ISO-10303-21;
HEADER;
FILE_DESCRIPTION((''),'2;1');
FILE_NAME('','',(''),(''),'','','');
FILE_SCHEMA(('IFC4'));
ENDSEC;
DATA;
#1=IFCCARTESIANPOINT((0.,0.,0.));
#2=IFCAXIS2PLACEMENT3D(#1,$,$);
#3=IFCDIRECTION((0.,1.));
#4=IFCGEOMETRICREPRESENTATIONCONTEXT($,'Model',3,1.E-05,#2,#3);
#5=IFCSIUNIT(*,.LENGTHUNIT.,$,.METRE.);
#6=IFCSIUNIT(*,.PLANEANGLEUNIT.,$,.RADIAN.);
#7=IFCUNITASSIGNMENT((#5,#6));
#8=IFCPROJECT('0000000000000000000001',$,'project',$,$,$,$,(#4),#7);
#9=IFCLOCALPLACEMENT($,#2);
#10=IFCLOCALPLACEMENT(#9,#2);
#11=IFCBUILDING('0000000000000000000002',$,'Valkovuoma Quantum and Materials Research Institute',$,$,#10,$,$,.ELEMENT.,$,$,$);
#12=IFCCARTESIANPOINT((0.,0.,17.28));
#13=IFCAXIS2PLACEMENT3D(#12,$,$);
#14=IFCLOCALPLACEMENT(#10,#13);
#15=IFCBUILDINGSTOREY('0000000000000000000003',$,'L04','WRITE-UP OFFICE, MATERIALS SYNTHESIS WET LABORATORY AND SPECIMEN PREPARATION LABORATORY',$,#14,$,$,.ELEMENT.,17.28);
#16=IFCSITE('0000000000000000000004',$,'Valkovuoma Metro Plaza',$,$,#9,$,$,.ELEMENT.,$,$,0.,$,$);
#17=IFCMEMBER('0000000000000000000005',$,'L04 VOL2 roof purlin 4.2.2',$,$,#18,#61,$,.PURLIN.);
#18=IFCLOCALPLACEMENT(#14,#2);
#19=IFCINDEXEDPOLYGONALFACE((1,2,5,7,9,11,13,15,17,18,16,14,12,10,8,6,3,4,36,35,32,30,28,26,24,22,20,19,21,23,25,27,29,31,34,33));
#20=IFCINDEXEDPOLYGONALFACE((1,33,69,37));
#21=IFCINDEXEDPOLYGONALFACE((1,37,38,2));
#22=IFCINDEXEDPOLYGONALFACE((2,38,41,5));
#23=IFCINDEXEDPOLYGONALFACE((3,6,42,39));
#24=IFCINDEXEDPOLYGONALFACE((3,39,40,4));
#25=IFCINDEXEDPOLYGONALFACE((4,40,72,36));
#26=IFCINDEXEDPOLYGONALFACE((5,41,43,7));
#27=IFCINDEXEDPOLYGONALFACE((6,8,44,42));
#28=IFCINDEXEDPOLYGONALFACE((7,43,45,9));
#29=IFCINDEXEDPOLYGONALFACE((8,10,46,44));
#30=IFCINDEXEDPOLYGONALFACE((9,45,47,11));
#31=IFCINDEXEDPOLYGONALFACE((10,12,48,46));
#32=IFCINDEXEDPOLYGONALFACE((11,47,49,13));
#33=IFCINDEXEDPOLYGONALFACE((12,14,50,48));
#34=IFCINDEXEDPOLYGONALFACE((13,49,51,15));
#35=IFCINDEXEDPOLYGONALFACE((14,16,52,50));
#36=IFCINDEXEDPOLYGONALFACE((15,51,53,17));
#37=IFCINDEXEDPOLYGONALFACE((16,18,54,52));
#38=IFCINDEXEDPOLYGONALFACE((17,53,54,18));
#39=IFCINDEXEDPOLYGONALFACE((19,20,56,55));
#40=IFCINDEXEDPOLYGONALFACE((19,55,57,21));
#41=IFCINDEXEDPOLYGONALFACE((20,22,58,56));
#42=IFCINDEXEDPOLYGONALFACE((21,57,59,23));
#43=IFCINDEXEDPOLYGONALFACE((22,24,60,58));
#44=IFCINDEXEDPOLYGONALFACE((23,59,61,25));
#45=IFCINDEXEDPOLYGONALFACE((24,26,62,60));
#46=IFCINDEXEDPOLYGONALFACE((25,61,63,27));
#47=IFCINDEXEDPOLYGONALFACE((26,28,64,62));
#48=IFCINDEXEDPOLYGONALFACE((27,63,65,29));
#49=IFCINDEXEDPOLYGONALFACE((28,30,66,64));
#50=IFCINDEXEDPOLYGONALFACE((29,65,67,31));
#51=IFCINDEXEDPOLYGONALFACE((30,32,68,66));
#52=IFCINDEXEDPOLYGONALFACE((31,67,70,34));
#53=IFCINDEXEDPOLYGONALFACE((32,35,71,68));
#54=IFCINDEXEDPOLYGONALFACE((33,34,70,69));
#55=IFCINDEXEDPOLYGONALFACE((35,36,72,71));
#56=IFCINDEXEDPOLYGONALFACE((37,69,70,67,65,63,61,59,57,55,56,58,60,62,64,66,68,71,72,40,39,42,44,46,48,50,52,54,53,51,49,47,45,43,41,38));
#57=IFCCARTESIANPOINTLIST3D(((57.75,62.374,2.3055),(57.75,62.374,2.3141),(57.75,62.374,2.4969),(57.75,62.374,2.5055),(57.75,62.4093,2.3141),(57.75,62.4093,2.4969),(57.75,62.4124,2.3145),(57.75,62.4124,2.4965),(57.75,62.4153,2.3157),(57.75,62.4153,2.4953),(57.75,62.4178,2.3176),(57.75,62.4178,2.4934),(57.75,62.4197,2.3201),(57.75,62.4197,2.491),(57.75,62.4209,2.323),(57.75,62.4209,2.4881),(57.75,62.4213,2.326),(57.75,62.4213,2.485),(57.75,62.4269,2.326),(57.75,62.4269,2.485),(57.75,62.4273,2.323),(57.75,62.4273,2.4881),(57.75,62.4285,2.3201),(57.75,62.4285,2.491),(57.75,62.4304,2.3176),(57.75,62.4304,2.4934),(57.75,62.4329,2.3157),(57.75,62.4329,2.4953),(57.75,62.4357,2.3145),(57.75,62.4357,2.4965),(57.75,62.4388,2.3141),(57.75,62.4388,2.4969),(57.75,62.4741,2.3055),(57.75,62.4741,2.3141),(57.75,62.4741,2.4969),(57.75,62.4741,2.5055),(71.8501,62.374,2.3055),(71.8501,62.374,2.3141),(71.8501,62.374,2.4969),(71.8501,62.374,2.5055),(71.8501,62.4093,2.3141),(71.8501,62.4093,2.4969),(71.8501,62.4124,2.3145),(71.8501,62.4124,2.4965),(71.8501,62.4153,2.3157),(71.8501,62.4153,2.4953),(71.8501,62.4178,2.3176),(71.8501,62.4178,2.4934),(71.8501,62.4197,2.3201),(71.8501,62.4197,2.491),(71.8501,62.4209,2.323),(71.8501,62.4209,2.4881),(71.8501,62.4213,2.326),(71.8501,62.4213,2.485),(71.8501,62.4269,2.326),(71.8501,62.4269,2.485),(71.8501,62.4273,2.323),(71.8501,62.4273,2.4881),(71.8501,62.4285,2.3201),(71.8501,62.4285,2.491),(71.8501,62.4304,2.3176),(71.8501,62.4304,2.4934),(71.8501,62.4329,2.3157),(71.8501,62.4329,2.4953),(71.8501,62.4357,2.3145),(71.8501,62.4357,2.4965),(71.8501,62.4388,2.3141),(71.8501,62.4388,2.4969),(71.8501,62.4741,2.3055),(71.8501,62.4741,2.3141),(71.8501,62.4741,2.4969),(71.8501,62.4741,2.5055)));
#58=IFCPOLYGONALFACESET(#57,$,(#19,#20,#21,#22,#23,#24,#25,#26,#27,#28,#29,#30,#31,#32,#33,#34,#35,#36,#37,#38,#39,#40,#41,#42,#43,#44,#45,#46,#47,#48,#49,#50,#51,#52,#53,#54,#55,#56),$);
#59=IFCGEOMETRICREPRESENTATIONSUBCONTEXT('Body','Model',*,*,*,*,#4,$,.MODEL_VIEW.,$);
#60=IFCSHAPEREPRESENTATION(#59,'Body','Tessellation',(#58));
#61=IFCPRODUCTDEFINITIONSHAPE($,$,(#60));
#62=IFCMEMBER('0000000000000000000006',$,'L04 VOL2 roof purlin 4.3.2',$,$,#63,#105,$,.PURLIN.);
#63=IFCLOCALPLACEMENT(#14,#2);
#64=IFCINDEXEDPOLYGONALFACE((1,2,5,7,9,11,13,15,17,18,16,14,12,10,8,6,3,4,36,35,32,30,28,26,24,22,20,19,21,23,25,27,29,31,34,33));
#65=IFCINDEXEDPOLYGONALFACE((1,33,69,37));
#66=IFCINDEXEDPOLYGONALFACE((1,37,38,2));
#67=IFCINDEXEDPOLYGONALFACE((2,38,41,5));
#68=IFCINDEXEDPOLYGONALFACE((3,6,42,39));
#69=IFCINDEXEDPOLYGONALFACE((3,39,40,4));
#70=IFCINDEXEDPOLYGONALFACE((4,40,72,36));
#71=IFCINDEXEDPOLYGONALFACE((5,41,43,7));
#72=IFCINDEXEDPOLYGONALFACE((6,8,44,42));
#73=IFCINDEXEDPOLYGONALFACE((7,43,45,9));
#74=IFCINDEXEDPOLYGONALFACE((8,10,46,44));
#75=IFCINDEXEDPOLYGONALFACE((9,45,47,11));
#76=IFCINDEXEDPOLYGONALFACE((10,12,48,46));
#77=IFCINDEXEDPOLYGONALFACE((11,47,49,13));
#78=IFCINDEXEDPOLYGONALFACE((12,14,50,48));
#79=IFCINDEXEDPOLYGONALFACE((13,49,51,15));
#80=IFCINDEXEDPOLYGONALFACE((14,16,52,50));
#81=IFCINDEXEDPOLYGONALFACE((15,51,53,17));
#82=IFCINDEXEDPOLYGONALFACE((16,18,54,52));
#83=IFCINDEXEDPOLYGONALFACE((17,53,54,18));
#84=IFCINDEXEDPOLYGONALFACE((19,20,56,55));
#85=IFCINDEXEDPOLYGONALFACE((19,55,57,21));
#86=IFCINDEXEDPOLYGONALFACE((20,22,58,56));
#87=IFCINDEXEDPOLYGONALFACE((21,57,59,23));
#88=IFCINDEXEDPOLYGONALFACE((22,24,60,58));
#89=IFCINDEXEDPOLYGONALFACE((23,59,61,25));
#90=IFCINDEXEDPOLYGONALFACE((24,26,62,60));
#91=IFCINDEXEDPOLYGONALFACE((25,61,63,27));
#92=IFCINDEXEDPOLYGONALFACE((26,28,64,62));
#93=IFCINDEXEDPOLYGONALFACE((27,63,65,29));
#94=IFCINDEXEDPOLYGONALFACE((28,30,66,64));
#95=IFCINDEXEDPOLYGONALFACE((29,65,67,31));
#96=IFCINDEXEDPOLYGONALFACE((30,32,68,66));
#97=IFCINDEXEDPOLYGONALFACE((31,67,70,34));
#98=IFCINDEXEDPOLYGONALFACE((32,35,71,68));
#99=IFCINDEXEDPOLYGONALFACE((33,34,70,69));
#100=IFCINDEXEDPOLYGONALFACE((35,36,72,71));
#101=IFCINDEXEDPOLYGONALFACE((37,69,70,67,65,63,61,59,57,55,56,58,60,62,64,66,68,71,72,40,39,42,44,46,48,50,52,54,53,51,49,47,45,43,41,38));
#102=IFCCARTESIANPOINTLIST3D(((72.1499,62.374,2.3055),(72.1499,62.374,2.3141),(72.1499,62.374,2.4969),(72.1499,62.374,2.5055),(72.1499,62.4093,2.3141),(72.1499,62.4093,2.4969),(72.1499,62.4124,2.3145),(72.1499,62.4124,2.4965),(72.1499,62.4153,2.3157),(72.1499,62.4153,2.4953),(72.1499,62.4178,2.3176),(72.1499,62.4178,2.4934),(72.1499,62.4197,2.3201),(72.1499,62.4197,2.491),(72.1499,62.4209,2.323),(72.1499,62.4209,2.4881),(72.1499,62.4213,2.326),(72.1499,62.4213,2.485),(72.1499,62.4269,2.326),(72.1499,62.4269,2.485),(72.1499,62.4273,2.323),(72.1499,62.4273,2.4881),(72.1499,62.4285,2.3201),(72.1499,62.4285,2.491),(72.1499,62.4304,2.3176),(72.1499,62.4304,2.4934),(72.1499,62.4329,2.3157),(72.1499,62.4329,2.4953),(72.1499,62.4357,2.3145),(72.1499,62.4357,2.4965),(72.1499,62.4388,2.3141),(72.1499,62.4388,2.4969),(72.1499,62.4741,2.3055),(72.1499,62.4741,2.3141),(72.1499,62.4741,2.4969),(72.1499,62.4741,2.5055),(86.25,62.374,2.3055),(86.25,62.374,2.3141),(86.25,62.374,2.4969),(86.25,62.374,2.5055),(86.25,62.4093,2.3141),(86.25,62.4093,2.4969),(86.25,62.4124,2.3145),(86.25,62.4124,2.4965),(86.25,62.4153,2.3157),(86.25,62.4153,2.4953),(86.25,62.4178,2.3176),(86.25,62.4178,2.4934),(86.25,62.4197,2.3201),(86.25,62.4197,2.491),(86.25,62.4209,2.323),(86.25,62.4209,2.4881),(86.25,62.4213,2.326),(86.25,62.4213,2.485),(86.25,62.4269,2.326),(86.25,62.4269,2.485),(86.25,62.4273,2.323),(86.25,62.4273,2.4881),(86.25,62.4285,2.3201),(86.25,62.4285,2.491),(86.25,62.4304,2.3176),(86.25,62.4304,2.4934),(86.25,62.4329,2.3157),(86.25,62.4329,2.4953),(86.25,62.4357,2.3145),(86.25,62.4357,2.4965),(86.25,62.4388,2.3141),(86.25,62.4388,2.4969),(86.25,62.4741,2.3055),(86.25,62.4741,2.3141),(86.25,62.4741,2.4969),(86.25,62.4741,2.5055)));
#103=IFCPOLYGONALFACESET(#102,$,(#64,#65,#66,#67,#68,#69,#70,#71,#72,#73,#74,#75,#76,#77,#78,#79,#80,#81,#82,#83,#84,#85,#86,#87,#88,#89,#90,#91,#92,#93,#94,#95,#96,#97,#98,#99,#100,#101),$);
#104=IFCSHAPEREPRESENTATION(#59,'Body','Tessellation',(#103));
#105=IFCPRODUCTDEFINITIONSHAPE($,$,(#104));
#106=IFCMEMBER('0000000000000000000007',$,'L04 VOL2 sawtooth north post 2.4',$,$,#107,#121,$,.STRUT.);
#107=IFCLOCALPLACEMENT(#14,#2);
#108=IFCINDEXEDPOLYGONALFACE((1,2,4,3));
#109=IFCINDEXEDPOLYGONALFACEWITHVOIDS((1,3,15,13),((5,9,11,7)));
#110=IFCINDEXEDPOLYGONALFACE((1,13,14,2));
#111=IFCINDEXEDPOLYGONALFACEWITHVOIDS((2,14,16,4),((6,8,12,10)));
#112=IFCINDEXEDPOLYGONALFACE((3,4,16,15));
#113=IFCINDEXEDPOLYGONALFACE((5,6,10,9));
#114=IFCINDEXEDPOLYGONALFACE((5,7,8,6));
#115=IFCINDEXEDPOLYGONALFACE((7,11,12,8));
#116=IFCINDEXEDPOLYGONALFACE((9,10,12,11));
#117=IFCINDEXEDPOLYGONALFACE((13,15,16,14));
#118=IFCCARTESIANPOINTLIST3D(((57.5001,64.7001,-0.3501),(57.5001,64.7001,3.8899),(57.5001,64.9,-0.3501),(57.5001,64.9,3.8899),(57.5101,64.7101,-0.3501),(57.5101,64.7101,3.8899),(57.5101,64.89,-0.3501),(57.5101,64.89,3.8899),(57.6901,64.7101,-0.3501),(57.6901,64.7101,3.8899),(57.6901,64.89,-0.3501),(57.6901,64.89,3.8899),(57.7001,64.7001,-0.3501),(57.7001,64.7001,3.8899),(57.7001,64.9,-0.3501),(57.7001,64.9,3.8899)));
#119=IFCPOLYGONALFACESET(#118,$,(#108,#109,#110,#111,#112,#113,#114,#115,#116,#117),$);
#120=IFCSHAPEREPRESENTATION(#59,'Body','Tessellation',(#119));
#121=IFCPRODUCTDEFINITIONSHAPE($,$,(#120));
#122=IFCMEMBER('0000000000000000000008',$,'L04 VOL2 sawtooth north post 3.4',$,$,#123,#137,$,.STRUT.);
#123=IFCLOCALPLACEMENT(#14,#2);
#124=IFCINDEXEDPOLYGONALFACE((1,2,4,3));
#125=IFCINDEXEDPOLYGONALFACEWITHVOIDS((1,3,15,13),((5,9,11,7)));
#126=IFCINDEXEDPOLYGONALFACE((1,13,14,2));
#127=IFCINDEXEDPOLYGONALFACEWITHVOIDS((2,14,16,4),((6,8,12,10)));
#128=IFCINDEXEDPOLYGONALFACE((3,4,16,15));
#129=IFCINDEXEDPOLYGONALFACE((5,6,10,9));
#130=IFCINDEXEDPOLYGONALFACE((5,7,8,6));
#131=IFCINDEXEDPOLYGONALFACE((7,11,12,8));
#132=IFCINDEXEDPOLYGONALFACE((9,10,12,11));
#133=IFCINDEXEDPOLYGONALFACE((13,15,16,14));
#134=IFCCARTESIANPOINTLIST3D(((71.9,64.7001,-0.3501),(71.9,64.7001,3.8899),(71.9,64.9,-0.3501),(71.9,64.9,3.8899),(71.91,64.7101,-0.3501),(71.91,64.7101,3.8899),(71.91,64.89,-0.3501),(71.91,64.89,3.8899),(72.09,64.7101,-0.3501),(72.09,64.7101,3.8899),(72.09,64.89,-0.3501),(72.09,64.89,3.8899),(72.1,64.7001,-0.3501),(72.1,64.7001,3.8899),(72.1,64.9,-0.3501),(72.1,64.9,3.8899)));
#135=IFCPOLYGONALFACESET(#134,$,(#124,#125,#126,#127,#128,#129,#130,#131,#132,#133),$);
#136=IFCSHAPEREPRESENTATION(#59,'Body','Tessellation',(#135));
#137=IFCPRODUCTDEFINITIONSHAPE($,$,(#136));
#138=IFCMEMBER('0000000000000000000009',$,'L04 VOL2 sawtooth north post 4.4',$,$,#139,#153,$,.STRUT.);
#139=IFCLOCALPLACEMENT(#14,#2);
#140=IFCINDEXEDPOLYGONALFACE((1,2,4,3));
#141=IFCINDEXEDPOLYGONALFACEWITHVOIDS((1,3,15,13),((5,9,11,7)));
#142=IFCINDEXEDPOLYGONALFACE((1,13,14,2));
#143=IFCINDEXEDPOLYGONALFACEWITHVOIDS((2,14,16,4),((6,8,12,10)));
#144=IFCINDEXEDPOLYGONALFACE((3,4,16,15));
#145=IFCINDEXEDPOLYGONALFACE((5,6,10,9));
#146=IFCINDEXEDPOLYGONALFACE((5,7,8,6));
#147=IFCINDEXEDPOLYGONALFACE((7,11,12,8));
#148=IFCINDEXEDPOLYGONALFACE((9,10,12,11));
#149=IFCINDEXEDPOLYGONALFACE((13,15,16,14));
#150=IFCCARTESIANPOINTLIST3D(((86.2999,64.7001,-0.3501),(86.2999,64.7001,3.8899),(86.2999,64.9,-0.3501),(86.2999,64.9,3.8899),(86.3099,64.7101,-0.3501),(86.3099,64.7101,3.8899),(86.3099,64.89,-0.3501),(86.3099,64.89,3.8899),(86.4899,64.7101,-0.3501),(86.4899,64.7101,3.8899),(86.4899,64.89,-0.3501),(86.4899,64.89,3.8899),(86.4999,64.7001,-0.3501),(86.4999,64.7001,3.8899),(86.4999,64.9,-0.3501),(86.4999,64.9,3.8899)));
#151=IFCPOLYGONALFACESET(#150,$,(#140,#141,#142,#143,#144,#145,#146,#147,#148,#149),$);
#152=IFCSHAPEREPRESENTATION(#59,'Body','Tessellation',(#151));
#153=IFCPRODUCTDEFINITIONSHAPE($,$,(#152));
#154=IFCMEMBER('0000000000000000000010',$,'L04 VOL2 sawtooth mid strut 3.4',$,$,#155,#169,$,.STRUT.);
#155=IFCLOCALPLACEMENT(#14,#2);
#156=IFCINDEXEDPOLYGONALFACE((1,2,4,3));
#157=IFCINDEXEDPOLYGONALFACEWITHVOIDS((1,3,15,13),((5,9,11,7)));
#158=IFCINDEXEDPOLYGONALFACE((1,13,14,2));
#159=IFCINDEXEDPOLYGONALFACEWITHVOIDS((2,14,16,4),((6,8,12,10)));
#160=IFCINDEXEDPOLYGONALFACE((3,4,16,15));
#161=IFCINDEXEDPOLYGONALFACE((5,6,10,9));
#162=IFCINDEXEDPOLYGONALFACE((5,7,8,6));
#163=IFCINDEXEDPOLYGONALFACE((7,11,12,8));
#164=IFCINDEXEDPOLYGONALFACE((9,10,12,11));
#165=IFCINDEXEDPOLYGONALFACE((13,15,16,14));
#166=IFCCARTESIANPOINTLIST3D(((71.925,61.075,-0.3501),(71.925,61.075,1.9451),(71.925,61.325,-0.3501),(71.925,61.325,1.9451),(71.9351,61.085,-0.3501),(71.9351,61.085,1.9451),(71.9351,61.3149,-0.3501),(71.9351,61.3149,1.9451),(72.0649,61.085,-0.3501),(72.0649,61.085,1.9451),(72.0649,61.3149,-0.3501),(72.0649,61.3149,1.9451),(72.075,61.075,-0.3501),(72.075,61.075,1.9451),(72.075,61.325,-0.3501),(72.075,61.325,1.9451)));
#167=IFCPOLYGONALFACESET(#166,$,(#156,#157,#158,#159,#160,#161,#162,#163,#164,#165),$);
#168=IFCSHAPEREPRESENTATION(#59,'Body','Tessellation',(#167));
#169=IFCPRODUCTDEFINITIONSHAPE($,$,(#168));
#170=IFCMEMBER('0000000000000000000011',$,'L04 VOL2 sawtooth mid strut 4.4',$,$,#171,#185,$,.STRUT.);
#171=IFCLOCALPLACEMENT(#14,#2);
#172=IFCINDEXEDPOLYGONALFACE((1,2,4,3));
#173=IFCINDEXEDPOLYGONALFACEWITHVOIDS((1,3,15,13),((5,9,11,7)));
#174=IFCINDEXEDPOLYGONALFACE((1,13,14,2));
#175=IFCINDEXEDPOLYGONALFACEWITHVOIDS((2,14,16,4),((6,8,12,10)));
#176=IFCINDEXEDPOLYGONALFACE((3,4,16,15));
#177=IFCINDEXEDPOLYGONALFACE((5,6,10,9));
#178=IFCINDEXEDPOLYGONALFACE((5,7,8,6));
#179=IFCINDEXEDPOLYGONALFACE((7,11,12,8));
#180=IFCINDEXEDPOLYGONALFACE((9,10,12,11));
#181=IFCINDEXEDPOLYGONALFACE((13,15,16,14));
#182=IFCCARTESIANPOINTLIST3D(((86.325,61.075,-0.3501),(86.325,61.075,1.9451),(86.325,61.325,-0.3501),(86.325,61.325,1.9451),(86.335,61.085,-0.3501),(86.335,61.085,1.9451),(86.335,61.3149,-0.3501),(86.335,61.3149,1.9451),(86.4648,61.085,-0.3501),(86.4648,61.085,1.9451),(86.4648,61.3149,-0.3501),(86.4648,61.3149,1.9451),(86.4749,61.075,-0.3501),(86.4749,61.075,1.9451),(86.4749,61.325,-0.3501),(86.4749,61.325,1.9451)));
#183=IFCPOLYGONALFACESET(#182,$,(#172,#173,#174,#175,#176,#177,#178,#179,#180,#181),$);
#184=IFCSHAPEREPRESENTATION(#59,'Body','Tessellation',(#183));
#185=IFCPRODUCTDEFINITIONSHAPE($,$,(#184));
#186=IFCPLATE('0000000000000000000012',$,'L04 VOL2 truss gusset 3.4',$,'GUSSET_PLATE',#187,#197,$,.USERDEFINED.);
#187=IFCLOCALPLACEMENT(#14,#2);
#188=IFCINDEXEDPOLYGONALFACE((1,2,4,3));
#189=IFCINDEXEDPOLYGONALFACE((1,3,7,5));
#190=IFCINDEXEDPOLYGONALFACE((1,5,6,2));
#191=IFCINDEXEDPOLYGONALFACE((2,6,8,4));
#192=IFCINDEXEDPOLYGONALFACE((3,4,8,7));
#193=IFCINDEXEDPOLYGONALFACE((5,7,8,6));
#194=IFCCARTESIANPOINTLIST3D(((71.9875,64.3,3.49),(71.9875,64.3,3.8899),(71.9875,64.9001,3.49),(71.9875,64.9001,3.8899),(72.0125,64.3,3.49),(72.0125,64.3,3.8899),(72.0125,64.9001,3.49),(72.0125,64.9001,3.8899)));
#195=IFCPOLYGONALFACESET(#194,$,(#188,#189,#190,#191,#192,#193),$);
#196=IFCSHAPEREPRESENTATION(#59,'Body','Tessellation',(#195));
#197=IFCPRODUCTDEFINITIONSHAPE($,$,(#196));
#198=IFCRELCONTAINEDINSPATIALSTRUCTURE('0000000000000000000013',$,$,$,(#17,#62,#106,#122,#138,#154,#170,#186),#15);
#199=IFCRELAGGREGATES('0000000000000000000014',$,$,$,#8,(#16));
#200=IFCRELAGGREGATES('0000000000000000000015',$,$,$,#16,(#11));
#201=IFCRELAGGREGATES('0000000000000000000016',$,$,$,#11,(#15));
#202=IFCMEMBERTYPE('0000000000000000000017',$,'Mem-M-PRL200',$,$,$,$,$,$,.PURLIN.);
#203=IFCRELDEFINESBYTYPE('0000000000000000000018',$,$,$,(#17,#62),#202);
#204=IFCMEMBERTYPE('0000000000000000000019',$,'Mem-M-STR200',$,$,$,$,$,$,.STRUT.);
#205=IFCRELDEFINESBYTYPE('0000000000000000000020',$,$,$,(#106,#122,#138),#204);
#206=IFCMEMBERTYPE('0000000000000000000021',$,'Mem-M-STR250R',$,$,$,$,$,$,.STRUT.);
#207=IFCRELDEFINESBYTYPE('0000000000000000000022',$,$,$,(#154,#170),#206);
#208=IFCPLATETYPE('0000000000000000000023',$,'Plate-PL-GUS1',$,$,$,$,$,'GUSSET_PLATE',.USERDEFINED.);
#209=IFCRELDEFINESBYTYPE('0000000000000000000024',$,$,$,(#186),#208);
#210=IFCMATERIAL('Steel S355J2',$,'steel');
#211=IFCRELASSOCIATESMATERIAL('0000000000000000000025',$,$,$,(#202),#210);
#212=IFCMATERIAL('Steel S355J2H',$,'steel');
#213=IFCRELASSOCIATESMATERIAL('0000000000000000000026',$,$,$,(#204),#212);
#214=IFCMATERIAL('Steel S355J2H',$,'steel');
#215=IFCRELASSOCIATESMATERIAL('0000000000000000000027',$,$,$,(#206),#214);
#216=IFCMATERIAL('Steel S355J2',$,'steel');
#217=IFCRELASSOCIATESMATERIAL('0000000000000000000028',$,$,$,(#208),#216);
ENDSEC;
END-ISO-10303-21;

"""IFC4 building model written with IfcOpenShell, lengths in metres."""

from ifc_helpers import new_model, si_unit, direction, frame, origin, origin_2d, place, context, subcontext, project, spatial, rectangle, hollow_rectangle, i_section, extrude, material, material_profile, profile_set, type_object, element, save


model = new_model("IFC4")

# Units and contexts
model_context = context("Model", 3, precision=1e-05, world=origin(), true_north=direction((0.0, 1.0)))
body_context = subcontext(model_context, "Body", "Model", "MODEL_VIEW")
ifc_project = project(units=[si_unit("LENGTHUNIT", "METRE"), si_unit("PLANEANGLEUNIT", "RADIAN")], contexts=[model_context])

# Site, building, storey
site_placement = place(None, origin())
site = spatial("IfcSite", under=ifc_project, at=site_placement, Name="Valkovuoma Metro Plaza", CompositionType="ELEMENT", RefElevation=0.0)
building_placement = place(site_placement, origin())
building = spatial("IfcBuilding", under=site, at=building_placement, Name="Valkovuoma Quantum and Materials Research Institute", CompositionType="ELEMENT")
storey_placement = place(building_placement, frame((0.0, 0.0, 17.28)))
storey = spatial("IfcBuildingStorey", under=building, at=storey_placement, Name="L04", Description="WRITE-UP OFFICE, MATERIALS SYNTHESIS WET LABORATORY AND SPECIMEN PREPARATION LABORATORY", CompositionType="ELEMENT", Elevation=17.28)

# Members
ifc_material_1 = material(Name="Steel S355J2", Category="steel")
ifc_material_profile_1 = material_profile(ifc_material_1, i_section(OverallWidth=0.1001, OverallDepth=0.2, WebThickness=0.0056, FlangeThickness=0.0085, FilletRadius=0.012, at=origin_2d()), Name="Steel S355J2")
ifc_profile_set_1 = profile_set([ifc_material_profile_1], Name="Steel S355J2")
member_type_1 = type_object("IfcMemberType", Name="Mem-M-PRL200", PredefinedType="PURLIN", material=ifc_profile_set_1)
for number, where, z_axis, x_axis, name in (
    (1, (57.75, 62.4241, 2.4055), (1.0, 0.0, 0.0), (0.0, 1.0, 0.0), "L04 VOL2 roof purlin 4.2.2"),
    (2, (72.1499, 62.4241, 2.4055), (1.0, 0.0, 0.0), (0.0, 1.0, 0.0), "L04 VOL2 roof purlin 4.3.2"),
):
    element("IfcMember", number, at=place(storey_placement, frame(where, z_axis=z_axis, x_axis=x_axis)), inside=storey, type_object=member_type_1, Name=name, PredefinedType="PURLIN", context=body_context, shape_type="SweptSolid", body=[
        extrude(i_section(OverallWidth=0.1001, OverallDepth=0.2, WebThickness=0.0056, FlangeThickness=0.0085, FilletRadius=0.012, at=origin_2d()), origin(), (0.0, 0.0, 1.0), 14.1001),
    ])
ifc_material_2 = material(Name="Steel S355J2H", Category="steel")
ifc_material_profile_2 = material_profile(ifc_material_2, hollow_rectangle(XDim=0.2, YDim=0.2, WallThickness=0.01, at=origin_2d()), Name="Steel S355J2H")
ifc_profile_set_2 = profile_set([ifc_material_profile_2], Name="Steel S355J2H")
member_type_2 = type_object("IfcMemberType", Name="Mem-M-STR200", PredefinedType="STRUT", material=ifc_profile_set_2)
for number, where, z_axis, x_axis, name in (
    (3, (57.6001, 64.8, -0.3501), (0.0, 0.0, 1.0), (1.0, 0.0, 0.0), "L04 VOL2 sawtooth north post 2.4"),
    (4, (72.0, 64.8, -0.3501), (0.0, 0.0, 1.0), (1.0, 0.0, 0.0), "L04 VOL2 sawtooth north post 3.4"),
    (5, (86.3999, 64.8, -0.3501), (0.0, 0.0, 1.0), (1.0, 0.0, 0.0), "L04 VOL2 sawtooth north post 4.4"),
):
    element("IfcMember", number, at=place(storey_placement, frame(where, z_axis=z_axis, x_axis=x_axis)), inside=storey, type_object=member_type_2, Name=name, PredefinedType="STRUT", context=body_context, shape_type="SweptSolid", body=[
        extrude(hollow_rectangle(XDim=0.2, YDim=0.2, WallThickness=0.01, at=origin_2d()), origin(), (0.0, 0.0, 1.0), 4.24),
    ])
ifc_material_3 = material(Name="Steel S355J2H", Category="steel")
ifc_material_profile_3 = material_profile(ifc_material_3, hollow_rectangle(XDim=0.1499, YDim=0.25, WallThickness=0.01, at=origin_2d()), Name="Steel S355J2H")
ifc_profile_set_3 = profile_set([ifc_material_profile_3], Name="Steel S355J2H")
member_type_3 = type_object("IfcMemberType", Name="Mem-M-STR250R", PredefinedType="STRUT", material=ifc_profile_set_3)
for number, where, z_axis, x_axis, name in (
    (6, (72.0, 61.2, -0.3501), (0.0, 0.0, 1.0), (1.0, 0.0, 0.0), "L04 VOL2 sawtooth mid strut 3.4"),
    (7, (86.3999, 61.2, -0.3501), (0.0, 0.0, 1.0), (1.0, 0.0, 0.0), "L04 VOL2 sawtooth mid strut 4.4"),
):
    element("IfcMember", number, at=place(storey_placement, frame(where, z_axis=z_axis, x_axis=x_axis)), inside=storey, type_object=member_type_3, Name=name, PredefinedType="STRUT", context=body_context, shape_type="SweptSolid", body=[
        extrude(hollow_rectangle(XDim=0.1499, YDim=0.25, WallThickness=0.01, at=origin_2d()), origin(), (0.0, 0.0, 1.0), 2.2952),
    ])

# Plate
ifc_material_4 = material(Name="Steel S355J2", Category="steel")
plate_type_1 = type_object("IfcPlateType", Name="Plate-PL-GUS1", ElementType="GUSSET_PLATE", PredefinedType="USERDEFINED", material=ifc_material_4)
plate_1_placement = place(storey_placement, frame((72.0, 64.6001, 3.49), z_axis=(0.0, 0.0, 1.0), x_axis=(0.0, 1.0, 0.0)))
element("IfcPlate", 8, at=plate_1_placement, inside=storey, type_object=plate_type_1, Name="L04 VOL2 truss gusset 3.4", ObjectType="GUSSET_PLATE", PredefinedType="USERDEFINED", context=body_context, shape_type="SweptSolid", body=[
    extrude(rectangle(XDim=0.6001, YDim=0.0249, at=origin_2d()), origin(), (0.0, 0.0, 1.0), 0.3999),
])

save(model, "model.ifc")
